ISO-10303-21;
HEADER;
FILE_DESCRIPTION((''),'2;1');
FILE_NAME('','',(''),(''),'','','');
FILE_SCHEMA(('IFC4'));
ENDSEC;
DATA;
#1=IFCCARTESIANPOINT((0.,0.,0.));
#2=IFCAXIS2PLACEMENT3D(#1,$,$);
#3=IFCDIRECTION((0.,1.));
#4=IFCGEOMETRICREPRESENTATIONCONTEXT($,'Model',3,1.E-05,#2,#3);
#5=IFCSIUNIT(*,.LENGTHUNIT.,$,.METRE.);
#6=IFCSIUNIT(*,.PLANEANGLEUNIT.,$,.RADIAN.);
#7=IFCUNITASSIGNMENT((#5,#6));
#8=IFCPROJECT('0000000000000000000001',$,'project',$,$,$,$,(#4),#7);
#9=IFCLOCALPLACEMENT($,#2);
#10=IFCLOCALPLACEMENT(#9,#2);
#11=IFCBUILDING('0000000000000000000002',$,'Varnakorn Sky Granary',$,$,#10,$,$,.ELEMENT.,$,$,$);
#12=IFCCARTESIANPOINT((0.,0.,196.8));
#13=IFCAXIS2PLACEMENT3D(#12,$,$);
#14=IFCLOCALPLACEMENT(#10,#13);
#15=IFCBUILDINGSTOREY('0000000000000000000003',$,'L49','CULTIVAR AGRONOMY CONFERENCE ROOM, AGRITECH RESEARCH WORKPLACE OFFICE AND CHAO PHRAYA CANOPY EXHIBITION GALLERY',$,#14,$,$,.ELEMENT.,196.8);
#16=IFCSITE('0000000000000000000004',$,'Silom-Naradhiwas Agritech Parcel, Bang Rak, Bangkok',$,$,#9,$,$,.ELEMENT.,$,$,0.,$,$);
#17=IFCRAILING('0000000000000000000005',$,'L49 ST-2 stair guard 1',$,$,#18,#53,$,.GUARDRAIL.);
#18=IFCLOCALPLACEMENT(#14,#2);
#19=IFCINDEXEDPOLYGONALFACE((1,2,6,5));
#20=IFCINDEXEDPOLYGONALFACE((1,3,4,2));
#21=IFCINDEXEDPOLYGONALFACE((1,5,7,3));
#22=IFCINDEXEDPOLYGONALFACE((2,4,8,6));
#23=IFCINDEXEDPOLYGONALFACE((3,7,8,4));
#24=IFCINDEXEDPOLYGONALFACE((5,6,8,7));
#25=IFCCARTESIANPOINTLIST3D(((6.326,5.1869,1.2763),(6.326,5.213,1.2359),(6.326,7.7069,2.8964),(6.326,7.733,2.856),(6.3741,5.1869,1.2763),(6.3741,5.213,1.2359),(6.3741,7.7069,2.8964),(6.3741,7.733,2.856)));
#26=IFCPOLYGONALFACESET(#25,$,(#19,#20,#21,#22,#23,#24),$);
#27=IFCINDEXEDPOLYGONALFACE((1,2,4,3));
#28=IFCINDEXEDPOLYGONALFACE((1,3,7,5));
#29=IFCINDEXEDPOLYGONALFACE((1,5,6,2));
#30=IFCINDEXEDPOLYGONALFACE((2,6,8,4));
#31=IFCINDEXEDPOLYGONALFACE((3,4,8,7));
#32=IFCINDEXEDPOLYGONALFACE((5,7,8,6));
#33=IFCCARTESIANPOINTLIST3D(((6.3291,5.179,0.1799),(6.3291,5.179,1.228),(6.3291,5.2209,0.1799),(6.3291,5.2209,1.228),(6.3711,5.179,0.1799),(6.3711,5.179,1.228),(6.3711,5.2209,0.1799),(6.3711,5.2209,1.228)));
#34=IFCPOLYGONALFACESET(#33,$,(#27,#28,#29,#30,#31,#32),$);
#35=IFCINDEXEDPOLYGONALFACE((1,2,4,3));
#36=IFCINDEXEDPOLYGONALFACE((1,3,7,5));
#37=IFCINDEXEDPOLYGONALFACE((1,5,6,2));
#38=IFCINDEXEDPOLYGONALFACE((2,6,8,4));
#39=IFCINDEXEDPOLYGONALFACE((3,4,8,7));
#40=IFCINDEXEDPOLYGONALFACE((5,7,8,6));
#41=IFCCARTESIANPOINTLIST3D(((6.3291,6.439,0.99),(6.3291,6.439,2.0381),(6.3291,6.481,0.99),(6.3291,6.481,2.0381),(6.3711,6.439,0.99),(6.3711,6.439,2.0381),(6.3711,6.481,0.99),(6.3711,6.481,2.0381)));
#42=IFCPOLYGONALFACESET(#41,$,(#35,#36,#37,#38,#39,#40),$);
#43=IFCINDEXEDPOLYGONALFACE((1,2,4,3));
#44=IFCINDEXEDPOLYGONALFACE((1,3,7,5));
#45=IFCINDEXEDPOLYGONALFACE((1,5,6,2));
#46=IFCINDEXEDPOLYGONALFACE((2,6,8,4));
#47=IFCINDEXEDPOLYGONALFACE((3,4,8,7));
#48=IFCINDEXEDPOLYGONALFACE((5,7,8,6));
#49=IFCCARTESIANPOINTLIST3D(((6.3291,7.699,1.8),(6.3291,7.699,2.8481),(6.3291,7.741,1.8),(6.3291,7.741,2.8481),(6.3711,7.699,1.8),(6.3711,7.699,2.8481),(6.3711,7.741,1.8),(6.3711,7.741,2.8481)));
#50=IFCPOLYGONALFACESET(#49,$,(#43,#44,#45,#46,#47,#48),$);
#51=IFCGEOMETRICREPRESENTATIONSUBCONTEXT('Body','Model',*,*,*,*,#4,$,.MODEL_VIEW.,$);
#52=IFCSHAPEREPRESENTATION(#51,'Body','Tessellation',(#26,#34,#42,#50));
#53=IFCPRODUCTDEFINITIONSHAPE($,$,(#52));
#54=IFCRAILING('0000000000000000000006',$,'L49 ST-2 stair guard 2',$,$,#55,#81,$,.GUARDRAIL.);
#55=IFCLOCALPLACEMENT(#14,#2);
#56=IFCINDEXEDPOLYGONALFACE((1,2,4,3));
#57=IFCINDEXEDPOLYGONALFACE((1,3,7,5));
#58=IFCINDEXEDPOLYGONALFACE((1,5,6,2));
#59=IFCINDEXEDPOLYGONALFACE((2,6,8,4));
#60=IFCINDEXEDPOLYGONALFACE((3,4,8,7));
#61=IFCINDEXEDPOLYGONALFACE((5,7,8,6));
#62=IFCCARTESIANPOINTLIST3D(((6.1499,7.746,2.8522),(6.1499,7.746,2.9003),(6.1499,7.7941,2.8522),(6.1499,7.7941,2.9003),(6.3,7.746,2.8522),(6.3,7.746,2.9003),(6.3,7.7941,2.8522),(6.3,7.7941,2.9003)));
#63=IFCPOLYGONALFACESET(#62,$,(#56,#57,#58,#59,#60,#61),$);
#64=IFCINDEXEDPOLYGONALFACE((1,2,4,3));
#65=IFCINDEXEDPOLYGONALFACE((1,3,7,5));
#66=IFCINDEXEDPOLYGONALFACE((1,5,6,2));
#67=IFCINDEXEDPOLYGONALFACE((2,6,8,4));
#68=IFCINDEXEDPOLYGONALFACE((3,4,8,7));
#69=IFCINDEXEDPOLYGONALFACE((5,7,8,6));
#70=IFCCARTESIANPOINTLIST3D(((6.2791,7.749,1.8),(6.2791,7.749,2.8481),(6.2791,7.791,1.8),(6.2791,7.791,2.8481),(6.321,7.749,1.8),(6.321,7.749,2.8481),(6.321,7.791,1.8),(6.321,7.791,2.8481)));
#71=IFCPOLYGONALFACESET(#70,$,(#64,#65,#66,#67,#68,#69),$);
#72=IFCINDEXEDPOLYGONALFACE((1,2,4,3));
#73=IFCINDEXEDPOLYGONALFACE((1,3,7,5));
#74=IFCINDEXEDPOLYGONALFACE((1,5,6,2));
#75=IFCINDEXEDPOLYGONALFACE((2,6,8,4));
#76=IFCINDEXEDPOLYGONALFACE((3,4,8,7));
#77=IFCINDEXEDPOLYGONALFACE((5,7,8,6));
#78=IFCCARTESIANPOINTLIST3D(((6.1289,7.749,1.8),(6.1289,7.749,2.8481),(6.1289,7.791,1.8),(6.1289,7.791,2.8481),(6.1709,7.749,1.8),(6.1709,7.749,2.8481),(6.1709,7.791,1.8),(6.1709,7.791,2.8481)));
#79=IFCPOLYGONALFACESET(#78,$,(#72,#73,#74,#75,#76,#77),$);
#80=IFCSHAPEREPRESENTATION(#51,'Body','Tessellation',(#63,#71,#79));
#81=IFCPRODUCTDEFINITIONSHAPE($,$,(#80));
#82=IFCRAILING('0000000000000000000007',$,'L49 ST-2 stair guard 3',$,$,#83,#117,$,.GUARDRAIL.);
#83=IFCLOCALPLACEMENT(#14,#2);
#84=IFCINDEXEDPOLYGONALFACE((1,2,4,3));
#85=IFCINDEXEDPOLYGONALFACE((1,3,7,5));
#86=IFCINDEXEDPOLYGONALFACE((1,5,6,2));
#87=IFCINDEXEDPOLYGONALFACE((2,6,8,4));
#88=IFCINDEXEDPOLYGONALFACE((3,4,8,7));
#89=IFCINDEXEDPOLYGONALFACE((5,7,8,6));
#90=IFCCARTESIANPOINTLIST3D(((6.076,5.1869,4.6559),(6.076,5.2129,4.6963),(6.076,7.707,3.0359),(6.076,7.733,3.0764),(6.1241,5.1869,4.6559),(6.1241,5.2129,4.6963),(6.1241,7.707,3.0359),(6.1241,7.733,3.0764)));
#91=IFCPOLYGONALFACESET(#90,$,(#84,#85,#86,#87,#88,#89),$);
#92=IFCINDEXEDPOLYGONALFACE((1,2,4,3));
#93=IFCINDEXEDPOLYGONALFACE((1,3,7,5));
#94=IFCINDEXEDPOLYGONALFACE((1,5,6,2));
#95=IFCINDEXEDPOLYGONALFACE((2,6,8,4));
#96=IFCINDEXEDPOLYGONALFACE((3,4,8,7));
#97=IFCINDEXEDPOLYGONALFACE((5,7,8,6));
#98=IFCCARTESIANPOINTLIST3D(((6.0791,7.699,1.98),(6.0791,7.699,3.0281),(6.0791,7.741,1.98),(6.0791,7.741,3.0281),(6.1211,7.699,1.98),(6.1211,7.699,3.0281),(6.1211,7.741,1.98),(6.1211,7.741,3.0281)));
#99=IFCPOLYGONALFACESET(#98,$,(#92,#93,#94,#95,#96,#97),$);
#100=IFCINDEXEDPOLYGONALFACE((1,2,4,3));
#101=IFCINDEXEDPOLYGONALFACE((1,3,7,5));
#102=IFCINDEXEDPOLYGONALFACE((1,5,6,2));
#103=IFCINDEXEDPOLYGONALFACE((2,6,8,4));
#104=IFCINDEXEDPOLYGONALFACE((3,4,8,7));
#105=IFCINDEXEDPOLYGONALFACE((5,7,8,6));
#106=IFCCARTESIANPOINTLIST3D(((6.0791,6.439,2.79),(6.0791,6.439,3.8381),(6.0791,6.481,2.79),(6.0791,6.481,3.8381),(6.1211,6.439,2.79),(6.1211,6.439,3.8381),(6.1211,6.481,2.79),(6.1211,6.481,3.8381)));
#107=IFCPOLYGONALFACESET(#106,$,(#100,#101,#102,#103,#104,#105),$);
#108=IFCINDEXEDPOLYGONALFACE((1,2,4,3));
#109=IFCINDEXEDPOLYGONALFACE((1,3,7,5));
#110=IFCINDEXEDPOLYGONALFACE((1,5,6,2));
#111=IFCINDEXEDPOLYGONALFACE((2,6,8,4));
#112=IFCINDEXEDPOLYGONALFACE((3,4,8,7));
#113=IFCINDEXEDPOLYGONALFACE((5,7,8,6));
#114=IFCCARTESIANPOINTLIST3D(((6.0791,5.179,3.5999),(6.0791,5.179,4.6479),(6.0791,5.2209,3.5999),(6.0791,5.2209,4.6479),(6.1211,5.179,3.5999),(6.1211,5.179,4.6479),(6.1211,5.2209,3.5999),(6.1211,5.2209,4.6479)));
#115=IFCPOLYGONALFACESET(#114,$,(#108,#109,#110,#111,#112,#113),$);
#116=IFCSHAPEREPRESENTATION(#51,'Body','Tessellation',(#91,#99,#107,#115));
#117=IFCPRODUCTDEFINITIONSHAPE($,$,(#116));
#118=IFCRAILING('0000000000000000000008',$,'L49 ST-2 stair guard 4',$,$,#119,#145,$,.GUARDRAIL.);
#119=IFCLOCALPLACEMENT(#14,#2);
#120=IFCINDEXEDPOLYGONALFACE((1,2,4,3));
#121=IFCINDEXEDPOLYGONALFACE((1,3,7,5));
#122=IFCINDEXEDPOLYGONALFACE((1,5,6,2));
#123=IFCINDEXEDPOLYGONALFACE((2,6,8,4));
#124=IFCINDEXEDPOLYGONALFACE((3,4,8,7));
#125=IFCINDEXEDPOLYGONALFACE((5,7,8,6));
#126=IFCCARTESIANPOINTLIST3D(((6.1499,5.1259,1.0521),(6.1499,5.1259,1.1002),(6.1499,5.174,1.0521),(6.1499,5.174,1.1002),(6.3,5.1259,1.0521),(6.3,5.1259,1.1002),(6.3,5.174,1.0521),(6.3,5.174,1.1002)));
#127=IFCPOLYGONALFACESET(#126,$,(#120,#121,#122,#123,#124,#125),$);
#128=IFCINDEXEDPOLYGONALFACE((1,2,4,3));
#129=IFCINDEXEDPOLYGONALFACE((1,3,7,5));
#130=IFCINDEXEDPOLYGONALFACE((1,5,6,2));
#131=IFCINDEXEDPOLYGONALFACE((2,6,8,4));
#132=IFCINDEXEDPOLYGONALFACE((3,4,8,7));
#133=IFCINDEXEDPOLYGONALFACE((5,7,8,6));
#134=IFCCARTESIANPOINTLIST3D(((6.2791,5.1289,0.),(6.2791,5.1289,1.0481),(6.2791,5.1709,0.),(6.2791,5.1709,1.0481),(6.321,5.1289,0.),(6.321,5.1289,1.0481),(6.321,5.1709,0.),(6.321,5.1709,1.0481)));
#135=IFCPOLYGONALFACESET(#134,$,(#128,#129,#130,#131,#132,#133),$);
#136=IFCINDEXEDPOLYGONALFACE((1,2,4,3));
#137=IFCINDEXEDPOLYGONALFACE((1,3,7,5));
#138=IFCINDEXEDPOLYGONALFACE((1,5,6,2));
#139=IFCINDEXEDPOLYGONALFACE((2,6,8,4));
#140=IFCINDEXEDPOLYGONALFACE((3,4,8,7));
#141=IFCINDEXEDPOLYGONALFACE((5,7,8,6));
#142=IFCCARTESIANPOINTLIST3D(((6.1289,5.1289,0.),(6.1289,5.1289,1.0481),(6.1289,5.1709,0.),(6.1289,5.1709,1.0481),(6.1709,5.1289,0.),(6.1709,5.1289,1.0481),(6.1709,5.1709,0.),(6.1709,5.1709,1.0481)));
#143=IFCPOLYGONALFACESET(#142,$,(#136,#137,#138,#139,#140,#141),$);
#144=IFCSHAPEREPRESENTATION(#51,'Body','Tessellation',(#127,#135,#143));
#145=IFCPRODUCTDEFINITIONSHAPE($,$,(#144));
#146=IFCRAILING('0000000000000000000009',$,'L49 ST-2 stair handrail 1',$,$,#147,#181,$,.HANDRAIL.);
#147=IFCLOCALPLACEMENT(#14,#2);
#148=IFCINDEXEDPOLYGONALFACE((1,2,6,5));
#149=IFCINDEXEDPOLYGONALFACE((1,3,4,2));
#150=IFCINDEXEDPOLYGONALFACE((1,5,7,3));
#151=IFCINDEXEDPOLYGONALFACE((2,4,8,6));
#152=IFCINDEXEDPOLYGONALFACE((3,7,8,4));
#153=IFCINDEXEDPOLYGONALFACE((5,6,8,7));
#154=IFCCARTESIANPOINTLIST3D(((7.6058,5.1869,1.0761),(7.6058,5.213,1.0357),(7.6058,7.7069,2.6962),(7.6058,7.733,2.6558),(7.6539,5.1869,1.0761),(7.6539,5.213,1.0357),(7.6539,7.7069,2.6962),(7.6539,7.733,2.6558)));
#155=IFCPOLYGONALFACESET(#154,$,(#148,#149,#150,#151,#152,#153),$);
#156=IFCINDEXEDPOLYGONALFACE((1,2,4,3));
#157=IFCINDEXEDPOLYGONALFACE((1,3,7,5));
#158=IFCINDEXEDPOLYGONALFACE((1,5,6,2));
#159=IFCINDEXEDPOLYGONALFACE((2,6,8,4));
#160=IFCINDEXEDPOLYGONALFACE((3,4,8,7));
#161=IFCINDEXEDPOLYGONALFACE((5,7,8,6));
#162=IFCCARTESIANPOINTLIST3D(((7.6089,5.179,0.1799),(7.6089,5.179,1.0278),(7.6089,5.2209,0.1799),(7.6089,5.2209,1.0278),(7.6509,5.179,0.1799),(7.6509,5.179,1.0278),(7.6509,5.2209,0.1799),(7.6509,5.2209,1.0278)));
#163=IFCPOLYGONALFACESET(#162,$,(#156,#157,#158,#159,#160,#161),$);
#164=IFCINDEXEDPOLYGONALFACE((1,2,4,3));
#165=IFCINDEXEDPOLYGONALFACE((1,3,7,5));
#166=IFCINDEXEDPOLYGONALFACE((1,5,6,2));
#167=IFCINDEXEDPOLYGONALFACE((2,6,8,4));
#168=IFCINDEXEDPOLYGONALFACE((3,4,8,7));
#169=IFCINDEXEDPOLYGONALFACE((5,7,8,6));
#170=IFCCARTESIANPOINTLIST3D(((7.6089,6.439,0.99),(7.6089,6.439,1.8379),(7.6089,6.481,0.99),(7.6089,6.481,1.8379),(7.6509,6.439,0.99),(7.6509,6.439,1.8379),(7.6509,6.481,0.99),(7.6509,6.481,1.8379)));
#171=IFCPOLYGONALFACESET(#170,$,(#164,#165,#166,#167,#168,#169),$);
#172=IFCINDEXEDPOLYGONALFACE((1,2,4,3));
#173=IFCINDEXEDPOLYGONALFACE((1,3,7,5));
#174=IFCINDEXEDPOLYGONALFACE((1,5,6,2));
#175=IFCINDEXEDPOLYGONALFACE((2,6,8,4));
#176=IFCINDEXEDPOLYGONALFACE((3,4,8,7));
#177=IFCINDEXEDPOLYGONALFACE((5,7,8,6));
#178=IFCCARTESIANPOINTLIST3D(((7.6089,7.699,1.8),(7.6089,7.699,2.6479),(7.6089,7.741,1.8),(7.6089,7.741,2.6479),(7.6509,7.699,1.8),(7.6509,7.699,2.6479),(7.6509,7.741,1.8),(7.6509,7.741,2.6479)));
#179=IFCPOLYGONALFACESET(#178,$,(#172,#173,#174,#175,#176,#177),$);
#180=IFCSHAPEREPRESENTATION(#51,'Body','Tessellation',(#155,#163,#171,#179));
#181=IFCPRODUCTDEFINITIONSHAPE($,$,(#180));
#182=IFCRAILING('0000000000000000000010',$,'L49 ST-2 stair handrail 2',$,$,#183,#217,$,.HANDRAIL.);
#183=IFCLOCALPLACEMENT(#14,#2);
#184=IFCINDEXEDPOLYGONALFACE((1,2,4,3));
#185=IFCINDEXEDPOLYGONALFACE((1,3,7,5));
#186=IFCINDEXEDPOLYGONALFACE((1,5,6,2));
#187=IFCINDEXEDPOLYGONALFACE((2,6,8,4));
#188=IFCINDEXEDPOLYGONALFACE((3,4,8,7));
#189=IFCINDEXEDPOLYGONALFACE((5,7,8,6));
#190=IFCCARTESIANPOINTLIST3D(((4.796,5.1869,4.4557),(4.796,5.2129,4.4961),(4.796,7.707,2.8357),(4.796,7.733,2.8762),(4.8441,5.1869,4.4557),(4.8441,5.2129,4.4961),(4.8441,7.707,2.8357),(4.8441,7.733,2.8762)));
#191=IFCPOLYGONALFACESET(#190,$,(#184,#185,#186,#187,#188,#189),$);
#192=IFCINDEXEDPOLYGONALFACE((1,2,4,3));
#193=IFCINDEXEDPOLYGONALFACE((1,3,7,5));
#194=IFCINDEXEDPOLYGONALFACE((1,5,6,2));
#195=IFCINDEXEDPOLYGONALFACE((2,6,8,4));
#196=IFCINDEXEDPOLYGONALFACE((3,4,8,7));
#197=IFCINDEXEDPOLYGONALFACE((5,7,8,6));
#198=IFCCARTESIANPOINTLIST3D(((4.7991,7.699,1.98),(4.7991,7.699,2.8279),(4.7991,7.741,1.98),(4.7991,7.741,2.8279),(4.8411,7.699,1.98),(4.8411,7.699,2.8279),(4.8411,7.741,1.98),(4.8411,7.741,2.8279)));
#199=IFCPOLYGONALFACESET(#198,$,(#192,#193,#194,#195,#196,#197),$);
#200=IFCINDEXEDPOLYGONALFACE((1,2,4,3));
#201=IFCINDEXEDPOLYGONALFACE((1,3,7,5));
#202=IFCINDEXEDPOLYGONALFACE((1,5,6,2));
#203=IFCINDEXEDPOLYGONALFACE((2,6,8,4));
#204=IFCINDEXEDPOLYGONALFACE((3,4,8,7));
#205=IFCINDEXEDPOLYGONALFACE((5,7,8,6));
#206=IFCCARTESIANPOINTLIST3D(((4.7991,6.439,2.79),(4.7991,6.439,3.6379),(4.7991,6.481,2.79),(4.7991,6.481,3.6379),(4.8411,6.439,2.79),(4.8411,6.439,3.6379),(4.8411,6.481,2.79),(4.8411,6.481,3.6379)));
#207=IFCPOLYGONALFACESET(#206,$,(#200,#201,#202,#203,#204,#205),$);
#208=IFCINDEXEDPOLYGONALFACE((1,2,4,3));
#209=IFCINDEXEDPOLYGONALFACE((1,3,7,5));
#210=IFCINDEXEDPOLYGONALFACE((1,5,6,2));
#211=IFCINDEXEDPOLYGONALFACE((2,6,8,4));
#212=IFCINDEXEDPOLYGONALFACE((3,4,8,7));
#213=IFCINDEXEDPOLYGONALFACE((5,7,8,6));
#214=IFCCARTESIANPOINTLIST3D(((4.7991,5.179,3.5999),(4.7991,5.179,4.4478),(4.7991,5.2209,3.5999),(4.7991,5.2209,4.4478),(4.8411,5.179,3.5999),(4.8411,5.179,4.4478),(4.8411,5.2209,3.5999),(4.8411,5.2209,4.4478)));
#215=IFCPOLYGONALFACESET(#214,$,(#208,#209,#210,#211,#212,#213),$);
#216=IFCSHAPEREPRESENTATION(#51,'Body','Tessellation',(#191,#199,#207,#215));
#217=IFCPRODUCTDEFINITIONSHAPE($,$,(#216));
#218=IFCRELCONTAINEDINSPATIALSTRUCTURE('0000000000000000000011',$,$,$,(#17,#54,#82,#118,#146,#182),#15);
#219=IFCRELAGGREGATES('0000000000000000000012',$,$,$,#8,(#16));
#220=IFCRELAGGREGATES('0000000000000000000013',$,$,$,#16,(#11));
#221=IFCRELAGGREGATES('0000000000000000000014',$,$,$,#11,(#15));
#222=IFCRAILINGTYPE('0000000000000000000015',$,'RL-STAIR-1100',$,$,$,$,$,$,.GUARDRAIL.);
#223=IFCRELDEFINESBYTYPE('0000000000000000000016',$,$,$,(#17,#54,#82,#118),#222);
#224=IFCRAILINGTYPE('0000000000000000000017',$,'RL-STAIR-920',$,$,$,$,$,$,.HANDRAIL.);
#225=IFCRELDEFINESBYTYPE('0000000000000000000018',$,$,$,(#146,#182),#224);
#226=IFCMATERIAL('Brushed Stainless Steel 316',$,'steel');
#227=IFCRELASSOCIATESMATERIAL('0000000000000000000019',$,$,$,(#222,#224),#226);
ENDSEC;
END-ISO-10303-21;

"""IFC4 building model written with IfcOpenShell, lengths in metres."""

from ifc_helpers import new_model, si_unit, direction, frame, origin, origin_2d, place, context, subcontext, project, spatial, rectangle, extrude, material, type_object, element, save


model = new_model("IFC4")

# Units and contexts
model_context = context("Model", 3, precision=1e-05, world=origin(), true_north=direction((0.0, 1.0)))
body_context = subcontext(model_context, "Body", "Model", "MODEL_VIEW")
ifc_project = project(units=[si_unit("LENGTHUNIT", "METRE"), si_unit("PLANEANGLEUNIT", "RADIAN")], contexts=[model_context])

# Site, building, storey
site_placement = place(None, origin())
site = spatial("IfcSite", under=ifc_project, at=site_placement, Name="Silom-Naradhiwas Agritech Parcel, Bang Rak, Bangkok", CompositionType="ELEMENT", RefElevation=0.0)
building_placement = place(site_placement, origin())
building = spatial("IfcBuilding", under=site, at=building_placement, Name="Varnakorn Sky Granary", CompositionType="ELEMENT")
storey_placement = place(building_placement, frame((0.0, 0.0, 196.8)))
storey = spatial("IfcBuildingStorey", under=building, at=storey_placement, Name="L49", Description="CULTIVAR AGRONOMY CONFERENCE ROOM, AGRITECH RESEARCH WORKPLACE OFFICE AND CHAO PHRAYA CANOPY EXHIBITION GALLERY", CompositionType="ELEMENT", Elevation=196.8)

# Railings
ifc_material_1 = material(Name="Brushed Stainless Steel 316", Category="steel")
railing_type_1 = type_object("IfcRailingType", Name="RL-STAIR-1100", PredefinedType="GUARDRAIL", material=ifc_material_1)
railing_1_placement = place(storey_placement, frame((6.3501, 5.2, 0.1799)))
element("IfcRailing", 1, at=railing_1_placement, inside=storey, type_object=railing_type_1, Name="L49 ST-2 stair guard 1", PredefinedType="GUARDRAIL", context=body_context, shape_type="SweptSolid", body=[
    extrude(rectangle(XDim=0.0481, YDim=0.0481, at=origin_2d()), frame((0.0, 0.0, 1.0762), z_axis=(0.0, 0.841163, 0.540782), x_axis=(-1.0, 0.0, 0.0)), (0.0, 0.0, 1.0), 2.9958),
    extrude(rectangle(XDim=0.042, YDim=0.042, at=origin_2d()), origin(), (0.0, 0.0, 1.0), 1.0481),
    extrude(rectangle(XDim=0.042, YDim=0.042, at=origin_2d()), frame((0.0, 1.26, 0.8101)), (0.0, 0.0, 1.0), 1.0481),
    extrude(rectangle(XDim=0.042, YDim=0.042, at=origin_2d()), frame((0.0, 2.52, 1.6201)), (0.0, 0.0, 1.0), 1.0481),
])
railing_2_placement = place(storey_placement, frame((6.3, 7.77, 1.8)))
element("IfcRailing", 2, at=railing_2_placement, inside=storey, type_object=railing_type_1, Name="L49 ST-2 stair guard 2", PredefinedType="GUARDRAIL", context=body_context, shape_type="SweptSolid", body=[
    extrude(rectangle(XDim=0.0481, YDim=0.0481, at=origin_2d()), frame((0.0, 0.0, 1.0762), z_axis=(-1.0, 0.0, 0.0), x_axis=(0.0, -1.0, 0.0)), (0.0, 0.0, 1.0), 0.1501),
    extrude(rectangle(XDim=0.042, YDim=0.042, at=origin_2d()), origin(), (0.0, 0.0, 1.0), 1.0481),
    extrude(rectangle(XDim=0.042, YDim=0.042, at=origin_2d()), frame((-0.1501, 0.0, 0.0)), (0.0, 0.0, 1.0), 1.0481),
])
railing_3_placement = place(storey_placement, frame((6.1001, 7.72, 1.98)))
element("IfcRailing", 3, at=railing_3_placement, inside=storey, type_object=railing_type_1, Name="L49 ST-2 stair guard 3", PredefinedType="GUARDRAIL", context=body_context, shape_type="SweptSolid", body=[
    extrude(rectangle(XDim=0.0481, YDim=0.0481, at=origin_2d()), frame((0.0, 0.0, 1.0762), z_axis=(0.0, -0.8412, 0.540725), x_axis=(1.0, 0.0, 0.0)), (0.0, 0.0, 1.0), 2.9958),
    extrude(rectangle(XDim=0.042, YDim=0.042, at=origin_2d()), origin(), (0.0, 0.0, 1.0), 1.0481),
    extrude(rectangle(XDim=0.042, YDim=0.042, at=origin_2d()), frame((0.0, -1.26, 0.8101)), (0.0, 0.0, 1.0), 1.0481),
    extrude(rectangle(XDim=0.042, YDim=0.042, at=origin_2d()), frame((0.0, -2.52, 1.6199)), (0.0, 0.0, 1.0), 1.0481),
])
railing_4_placement = place(storey_placement, frame((6.3, 5.1499, 0.0)))
element("IfcRailing", 4, at=railing_4_placement, inside=storey, type_object=railing_type_1, Name="L49 ST-2 stair guard 4", PredefinedType="GUARDRAIL", context=body_context, shape_type="SweptSolid", body=[
    extrude(rectangle(XDim=0.0481, YDim=0.0481, at=origin_2d()), frame((0.0, 0.0, 1.0762), z_axis=(-1.0, 0.0, 0.0), x_axis=(0.0, -1.0, 0.0)), (0.0, 0.0, 1.0), 0.1501),
    extrude(rectangle(XDim=0.042, YDim=0.042, at=origin_2d()), origin(), (0.0, 0.0, 1.0), 1.0481),
    extrude(rectangle(XDim=0.042, YDim=0.042, at=origin_2d()), frame((-0.1501, 0.0, 0.0)), (0.0, 0.0, 1.0), 1.0481),
])
railing_type_2 = type_object("IfcRailingType", Name="RL-STAIR-920", PredefinedType="HANDRAIL", material=ifc_material_1)
railing_5_placement = place(storey_placement, frame((7.6299, 5.2, 0.1799)))
element("IfcRailing", 5, at=railing_5_placement, inside=storey, type_object=railing_type_2, Name="L49 ST-2 stair handrail 1", PredefinedType="HANDRAIL", context=body_context, shape_type="SweptSolid", body=[
    extrude(rectangle(XDim=0.0481, YDim=0.0481, at=origin_2d()), frame((0.0, 0.0, 0.876), z_axis=(0.0, 0.841163, 0.540782), x_axis=(-1.0, 0.0, 0.0)), (0.0, 0.0, 1.0), 2.9958),
    extrude(rectangle(XDim=0.042, YDim=0.042, at=origin_2d()), origin(), (0.0, 0.0, 1.0), 0.8479),
    extrude(rectangle(XDim=0.042, YDim=0.042, at=origin_2d()), frame((0.0, 1.26, 0.8101)), (0.0, 0.0, 1.0), 0.8479),
    extrude(rectangle(XDim=0.042, YDim=0.042, at=origin_2d()), frame((0.0, 2.52, 1.6201)), (0.0, 0.0, 1.0), 0.8479),
])
railing_6_placement = place(storey_placement, frame((4.8201, 7.72, 1.98)))
element("IfcRailing", 6, at=railing_6_placement, inside=storey, type_object=railing_type_2, Name="L49 ST-2 stair handrail 2", PredefinedType="HANDRAIL", context=body_context, shape_type="SweptSolid", body=[
    extrude(rectangle(XDim=0.0481, YDim=0.0481, at=origin_2d()), frame((0.0, 0.0, 0.876), z_axis=(0.0, -0.8412, 0.540725), x_axis=(1.0, 0.0, 0.0)), (0.0, 0.0, 1.0), 2.9958),
    extrude(rectangle(XDim=0.042, YDim=0.042, at=origin_2d()), origin(), (0.0, 0.0, 1.0), 0.8479),
    extrude(rectangle(XDim=0.042, YDim=0.042, at=origin_2d()), frame((0.0, -1.26, 0.8101)), (0.0, 0.0, 1.0), 0.8479),
    extrude(rectangle(XDim=0.042, YDim=0.042, at=origin_2d()), frame((0.0, -2.52, 1.6199)), (0.0, 0.0, 1.0), 0.8479),
])

save(model, "model.ifc")
